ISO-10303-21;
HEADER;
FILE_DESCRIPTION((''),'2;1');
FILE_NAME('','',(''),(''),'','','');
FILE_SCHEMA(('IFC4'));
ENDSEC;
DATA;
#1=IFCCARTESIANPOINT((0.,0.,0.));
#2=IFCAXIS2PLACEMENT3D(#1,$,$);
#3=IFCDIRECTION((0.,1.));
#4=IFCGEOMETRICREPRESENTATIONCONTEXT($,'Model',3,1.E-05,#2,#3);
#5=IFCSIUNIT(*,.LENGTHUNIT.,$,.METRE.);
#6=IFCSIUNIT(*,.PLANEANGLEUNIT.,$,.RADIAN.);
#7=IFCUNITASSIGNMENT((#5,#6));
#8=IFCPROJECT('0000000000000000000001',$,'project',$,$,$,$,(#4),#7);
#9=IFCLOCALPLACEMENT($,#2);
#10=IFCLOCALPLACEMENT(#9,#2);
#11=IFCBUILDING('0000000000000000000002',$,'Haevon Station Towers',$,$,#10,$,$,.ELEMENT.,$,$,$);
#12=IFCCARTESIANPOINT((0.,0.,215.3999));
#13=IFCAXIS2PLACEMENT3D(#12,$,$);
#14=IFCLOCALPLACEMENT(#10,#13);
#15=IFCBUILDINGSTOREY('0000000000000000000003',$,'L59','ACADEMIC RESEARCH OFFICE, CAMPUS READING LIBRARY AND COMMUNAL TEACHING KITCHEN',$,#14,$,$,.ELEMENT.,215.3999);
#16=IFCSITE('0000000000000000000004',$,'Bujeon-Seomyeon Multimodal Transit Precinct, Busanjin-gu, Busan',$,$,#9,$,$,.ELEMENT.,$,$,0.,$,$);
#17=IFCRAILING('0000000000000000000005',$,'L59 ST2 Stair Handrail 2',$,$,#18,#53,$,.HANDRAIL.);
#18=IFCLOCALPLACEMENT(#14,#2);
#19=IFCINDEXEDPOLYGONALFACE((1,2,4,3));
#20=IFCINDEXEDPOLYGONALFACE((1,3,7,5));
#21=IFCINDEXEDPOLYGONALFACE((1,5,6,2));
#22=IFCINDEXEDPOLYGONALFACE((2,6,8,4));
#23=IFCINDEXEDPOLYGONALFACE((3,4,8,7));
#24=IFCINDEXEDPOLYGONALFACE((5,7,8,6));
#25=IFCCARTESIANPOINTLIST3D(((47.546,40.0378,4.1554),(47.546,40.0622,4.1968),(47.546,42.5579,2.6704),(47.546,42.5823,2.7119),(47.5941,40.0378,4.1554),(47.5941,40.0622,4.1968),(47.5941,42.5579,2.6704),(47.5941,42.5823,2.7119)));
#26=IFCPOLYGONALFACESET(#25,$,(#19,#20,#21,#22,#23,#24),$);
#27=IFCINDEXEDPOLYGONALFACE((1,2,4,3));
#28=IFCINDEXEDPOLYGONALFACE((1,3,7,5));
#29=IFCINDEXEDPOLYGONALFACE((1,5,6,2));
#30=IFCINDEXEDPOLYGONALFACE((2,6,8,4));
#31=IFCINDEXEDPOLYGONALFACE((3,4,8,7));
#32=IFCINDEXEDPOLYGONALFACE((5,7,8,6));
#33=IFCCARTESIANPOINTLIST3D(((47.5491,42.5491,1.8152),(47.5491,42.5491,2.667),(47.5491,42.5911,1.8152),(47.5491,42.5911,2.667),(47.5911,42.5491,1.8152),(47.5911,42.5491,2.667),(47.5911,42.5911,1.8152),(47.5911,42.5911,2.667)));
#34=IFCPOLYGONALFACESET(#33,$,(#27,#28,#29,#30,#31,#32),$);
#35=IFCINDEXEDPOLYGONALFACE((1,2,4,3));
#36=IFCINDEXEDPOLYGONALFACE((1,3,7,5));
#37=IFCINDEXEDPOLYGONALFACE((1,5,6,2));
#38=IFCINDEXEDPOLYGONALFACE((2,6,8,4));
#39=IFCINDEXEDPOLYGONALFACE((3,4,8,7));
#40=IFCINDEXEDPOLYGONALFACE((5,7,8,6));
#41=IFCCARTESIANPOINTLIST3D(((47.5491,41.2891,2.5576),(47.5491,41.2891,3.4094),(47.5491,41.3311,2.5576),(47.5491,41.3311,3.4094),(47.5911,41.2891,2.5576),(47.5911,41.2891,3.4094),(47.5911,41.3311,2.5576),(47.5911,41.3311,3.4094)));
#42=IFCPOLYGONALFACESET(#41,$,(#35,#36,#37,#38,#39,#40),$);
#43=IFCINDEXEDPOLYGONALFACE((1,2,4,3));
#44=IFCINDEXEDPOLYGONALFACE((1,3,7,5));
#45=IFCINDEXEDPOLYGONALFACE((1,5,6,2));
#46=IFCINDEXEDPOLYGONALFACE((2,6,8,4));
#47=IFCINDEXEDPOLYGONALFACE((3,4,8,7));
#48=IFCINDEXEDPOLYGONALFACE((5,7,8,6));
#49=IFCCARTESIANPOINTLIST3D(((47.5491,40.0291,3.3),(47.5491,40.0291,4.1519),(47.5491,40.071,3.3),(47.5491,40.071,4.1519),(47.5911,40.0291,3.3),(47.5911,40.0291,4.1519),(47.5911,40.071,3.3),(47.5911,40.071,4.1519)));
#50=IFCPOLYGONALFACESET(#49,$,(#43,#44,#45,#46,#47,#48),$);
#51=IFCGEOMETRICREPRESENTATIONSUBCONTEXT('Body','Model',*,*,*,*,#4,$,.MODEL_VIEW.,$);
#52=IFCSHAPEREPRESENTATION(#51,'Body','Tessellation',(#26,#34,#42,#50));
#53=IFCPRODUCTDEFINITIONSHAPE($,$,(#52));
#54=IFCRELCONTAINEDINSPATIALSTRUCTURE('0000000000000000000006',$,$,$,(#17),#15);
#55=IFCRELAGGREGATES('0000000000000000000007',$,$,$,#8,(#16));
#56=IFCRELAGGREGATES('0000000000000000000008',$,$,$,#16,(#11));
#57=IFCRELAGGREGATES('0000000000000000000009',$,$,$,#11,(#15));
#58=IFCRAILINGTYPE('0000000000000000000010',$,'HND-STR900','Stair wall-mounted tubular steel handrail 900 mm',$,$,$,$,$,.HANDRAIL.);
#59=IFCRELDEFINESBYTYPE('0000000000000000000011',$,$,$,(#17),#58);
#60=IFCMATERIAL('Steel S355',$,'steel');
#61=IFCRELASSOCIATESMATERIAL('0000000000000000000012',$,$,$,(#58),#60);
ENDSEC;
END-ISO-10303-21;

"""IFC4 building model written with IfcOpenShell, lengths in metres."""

from ifc_helpers import new_model, si_unit, direction, frame, origin, origin_2d, place, context, subcontext, project, spatial, rectangle, extrude, material, type_object, element, save


model = new_model("IFC4")

# Units and contexts
model_context = context("Model", 3, precision=1e-05, world=origin(), true_north=direction((0.0, 1.0)))
body_context = subcontext(model_context, "Body", "Model", "MODEL_VIEW")
ifc_project = project(units=[si_unit("LENGTHUNIT", "METRE"), si_unit("PLANEANGLEUNIT", "RADIAN")], contexts=[model_context])

# Site, building, storey
site_placement = place(None, origin())
site = spatial("IfcSite", under=ifc_project, at=site_placement, Name="Bujeon-Seomyeon Multimodal Transit Precinct, Busanjin-gu, Busan", CompositionType="ELEMENT", RefElevation=0.0)
building_placement = place(site_placement, origin())
building = spatial("IfcBuilding", under=site, at=building_placement, Name="Haevon Station Towers", CompositionType="ELEMENT")
storey_placement = place(building_placement, frame((0.0, 0.0, 215.3999)))
storey = spatial("IfcBuildingStorey", under=building, at=storey_placement, Name="L59", Description="ACADEMIC RESEARCH OFFICE, CAMPUS READING LIBRARY AND COMMUNAL TEACHING KITCHEN", CompositionType="ELEMENT", Elevation=215.3999)

# Shared definitions
ifc_material_1 = material(Name="Steel S355", Category="steel")

# Railing
railing_type_1 = type_object("IfcRailingType", Name="HND-STR900", Description="Stair wall-mounted tubular steel handrail 900 mm", PredefinedType="HANDRAIL", material=ifc_material_1)
railing_1_placement = place(storey_placement, frame((47.5701, 42.5701, 1.8152)))
element("IfcRailing", 1, at=railing_1_placement, inside=storey, type_object=railing_type_1, Name="L59 ST2 Stair Handrail 2", PredefinedType="HANDRAIL", context=body_context, shape_type="SweptSolid", body=[
    extrude(rectangle(XDim=0.0481, YDim=0.0481, at=origin_2d()), frame((0.0, 0.0, 0.876), z_axis=(0.0, -0.861561, 0.507655), x_axis=(1.0, 0.0, 0.0)), (0.0, 0.0, 1.0), 2.925),
    extrude(rectangle(XDim=0.042, YDim=0.042, at=origin_2d()), origin(), (0.0, 0.0, 1.0), 0.8518),
    extrude(rectangle(XDim=0.042, YDim=0.042, at=origin_2d()), frame((0.0, -1.26, 0.7424)), (0.0, 0.0, 1.0), 0.8518),
    extrude(rectangle(XDim=0.042, YDim=0.042, at=origin_2d()), frame((0.0, -2.52, 1.4849)), (0.0, 0.0, 1.0), 0.8518),
])

save(model, "model.ifc")
